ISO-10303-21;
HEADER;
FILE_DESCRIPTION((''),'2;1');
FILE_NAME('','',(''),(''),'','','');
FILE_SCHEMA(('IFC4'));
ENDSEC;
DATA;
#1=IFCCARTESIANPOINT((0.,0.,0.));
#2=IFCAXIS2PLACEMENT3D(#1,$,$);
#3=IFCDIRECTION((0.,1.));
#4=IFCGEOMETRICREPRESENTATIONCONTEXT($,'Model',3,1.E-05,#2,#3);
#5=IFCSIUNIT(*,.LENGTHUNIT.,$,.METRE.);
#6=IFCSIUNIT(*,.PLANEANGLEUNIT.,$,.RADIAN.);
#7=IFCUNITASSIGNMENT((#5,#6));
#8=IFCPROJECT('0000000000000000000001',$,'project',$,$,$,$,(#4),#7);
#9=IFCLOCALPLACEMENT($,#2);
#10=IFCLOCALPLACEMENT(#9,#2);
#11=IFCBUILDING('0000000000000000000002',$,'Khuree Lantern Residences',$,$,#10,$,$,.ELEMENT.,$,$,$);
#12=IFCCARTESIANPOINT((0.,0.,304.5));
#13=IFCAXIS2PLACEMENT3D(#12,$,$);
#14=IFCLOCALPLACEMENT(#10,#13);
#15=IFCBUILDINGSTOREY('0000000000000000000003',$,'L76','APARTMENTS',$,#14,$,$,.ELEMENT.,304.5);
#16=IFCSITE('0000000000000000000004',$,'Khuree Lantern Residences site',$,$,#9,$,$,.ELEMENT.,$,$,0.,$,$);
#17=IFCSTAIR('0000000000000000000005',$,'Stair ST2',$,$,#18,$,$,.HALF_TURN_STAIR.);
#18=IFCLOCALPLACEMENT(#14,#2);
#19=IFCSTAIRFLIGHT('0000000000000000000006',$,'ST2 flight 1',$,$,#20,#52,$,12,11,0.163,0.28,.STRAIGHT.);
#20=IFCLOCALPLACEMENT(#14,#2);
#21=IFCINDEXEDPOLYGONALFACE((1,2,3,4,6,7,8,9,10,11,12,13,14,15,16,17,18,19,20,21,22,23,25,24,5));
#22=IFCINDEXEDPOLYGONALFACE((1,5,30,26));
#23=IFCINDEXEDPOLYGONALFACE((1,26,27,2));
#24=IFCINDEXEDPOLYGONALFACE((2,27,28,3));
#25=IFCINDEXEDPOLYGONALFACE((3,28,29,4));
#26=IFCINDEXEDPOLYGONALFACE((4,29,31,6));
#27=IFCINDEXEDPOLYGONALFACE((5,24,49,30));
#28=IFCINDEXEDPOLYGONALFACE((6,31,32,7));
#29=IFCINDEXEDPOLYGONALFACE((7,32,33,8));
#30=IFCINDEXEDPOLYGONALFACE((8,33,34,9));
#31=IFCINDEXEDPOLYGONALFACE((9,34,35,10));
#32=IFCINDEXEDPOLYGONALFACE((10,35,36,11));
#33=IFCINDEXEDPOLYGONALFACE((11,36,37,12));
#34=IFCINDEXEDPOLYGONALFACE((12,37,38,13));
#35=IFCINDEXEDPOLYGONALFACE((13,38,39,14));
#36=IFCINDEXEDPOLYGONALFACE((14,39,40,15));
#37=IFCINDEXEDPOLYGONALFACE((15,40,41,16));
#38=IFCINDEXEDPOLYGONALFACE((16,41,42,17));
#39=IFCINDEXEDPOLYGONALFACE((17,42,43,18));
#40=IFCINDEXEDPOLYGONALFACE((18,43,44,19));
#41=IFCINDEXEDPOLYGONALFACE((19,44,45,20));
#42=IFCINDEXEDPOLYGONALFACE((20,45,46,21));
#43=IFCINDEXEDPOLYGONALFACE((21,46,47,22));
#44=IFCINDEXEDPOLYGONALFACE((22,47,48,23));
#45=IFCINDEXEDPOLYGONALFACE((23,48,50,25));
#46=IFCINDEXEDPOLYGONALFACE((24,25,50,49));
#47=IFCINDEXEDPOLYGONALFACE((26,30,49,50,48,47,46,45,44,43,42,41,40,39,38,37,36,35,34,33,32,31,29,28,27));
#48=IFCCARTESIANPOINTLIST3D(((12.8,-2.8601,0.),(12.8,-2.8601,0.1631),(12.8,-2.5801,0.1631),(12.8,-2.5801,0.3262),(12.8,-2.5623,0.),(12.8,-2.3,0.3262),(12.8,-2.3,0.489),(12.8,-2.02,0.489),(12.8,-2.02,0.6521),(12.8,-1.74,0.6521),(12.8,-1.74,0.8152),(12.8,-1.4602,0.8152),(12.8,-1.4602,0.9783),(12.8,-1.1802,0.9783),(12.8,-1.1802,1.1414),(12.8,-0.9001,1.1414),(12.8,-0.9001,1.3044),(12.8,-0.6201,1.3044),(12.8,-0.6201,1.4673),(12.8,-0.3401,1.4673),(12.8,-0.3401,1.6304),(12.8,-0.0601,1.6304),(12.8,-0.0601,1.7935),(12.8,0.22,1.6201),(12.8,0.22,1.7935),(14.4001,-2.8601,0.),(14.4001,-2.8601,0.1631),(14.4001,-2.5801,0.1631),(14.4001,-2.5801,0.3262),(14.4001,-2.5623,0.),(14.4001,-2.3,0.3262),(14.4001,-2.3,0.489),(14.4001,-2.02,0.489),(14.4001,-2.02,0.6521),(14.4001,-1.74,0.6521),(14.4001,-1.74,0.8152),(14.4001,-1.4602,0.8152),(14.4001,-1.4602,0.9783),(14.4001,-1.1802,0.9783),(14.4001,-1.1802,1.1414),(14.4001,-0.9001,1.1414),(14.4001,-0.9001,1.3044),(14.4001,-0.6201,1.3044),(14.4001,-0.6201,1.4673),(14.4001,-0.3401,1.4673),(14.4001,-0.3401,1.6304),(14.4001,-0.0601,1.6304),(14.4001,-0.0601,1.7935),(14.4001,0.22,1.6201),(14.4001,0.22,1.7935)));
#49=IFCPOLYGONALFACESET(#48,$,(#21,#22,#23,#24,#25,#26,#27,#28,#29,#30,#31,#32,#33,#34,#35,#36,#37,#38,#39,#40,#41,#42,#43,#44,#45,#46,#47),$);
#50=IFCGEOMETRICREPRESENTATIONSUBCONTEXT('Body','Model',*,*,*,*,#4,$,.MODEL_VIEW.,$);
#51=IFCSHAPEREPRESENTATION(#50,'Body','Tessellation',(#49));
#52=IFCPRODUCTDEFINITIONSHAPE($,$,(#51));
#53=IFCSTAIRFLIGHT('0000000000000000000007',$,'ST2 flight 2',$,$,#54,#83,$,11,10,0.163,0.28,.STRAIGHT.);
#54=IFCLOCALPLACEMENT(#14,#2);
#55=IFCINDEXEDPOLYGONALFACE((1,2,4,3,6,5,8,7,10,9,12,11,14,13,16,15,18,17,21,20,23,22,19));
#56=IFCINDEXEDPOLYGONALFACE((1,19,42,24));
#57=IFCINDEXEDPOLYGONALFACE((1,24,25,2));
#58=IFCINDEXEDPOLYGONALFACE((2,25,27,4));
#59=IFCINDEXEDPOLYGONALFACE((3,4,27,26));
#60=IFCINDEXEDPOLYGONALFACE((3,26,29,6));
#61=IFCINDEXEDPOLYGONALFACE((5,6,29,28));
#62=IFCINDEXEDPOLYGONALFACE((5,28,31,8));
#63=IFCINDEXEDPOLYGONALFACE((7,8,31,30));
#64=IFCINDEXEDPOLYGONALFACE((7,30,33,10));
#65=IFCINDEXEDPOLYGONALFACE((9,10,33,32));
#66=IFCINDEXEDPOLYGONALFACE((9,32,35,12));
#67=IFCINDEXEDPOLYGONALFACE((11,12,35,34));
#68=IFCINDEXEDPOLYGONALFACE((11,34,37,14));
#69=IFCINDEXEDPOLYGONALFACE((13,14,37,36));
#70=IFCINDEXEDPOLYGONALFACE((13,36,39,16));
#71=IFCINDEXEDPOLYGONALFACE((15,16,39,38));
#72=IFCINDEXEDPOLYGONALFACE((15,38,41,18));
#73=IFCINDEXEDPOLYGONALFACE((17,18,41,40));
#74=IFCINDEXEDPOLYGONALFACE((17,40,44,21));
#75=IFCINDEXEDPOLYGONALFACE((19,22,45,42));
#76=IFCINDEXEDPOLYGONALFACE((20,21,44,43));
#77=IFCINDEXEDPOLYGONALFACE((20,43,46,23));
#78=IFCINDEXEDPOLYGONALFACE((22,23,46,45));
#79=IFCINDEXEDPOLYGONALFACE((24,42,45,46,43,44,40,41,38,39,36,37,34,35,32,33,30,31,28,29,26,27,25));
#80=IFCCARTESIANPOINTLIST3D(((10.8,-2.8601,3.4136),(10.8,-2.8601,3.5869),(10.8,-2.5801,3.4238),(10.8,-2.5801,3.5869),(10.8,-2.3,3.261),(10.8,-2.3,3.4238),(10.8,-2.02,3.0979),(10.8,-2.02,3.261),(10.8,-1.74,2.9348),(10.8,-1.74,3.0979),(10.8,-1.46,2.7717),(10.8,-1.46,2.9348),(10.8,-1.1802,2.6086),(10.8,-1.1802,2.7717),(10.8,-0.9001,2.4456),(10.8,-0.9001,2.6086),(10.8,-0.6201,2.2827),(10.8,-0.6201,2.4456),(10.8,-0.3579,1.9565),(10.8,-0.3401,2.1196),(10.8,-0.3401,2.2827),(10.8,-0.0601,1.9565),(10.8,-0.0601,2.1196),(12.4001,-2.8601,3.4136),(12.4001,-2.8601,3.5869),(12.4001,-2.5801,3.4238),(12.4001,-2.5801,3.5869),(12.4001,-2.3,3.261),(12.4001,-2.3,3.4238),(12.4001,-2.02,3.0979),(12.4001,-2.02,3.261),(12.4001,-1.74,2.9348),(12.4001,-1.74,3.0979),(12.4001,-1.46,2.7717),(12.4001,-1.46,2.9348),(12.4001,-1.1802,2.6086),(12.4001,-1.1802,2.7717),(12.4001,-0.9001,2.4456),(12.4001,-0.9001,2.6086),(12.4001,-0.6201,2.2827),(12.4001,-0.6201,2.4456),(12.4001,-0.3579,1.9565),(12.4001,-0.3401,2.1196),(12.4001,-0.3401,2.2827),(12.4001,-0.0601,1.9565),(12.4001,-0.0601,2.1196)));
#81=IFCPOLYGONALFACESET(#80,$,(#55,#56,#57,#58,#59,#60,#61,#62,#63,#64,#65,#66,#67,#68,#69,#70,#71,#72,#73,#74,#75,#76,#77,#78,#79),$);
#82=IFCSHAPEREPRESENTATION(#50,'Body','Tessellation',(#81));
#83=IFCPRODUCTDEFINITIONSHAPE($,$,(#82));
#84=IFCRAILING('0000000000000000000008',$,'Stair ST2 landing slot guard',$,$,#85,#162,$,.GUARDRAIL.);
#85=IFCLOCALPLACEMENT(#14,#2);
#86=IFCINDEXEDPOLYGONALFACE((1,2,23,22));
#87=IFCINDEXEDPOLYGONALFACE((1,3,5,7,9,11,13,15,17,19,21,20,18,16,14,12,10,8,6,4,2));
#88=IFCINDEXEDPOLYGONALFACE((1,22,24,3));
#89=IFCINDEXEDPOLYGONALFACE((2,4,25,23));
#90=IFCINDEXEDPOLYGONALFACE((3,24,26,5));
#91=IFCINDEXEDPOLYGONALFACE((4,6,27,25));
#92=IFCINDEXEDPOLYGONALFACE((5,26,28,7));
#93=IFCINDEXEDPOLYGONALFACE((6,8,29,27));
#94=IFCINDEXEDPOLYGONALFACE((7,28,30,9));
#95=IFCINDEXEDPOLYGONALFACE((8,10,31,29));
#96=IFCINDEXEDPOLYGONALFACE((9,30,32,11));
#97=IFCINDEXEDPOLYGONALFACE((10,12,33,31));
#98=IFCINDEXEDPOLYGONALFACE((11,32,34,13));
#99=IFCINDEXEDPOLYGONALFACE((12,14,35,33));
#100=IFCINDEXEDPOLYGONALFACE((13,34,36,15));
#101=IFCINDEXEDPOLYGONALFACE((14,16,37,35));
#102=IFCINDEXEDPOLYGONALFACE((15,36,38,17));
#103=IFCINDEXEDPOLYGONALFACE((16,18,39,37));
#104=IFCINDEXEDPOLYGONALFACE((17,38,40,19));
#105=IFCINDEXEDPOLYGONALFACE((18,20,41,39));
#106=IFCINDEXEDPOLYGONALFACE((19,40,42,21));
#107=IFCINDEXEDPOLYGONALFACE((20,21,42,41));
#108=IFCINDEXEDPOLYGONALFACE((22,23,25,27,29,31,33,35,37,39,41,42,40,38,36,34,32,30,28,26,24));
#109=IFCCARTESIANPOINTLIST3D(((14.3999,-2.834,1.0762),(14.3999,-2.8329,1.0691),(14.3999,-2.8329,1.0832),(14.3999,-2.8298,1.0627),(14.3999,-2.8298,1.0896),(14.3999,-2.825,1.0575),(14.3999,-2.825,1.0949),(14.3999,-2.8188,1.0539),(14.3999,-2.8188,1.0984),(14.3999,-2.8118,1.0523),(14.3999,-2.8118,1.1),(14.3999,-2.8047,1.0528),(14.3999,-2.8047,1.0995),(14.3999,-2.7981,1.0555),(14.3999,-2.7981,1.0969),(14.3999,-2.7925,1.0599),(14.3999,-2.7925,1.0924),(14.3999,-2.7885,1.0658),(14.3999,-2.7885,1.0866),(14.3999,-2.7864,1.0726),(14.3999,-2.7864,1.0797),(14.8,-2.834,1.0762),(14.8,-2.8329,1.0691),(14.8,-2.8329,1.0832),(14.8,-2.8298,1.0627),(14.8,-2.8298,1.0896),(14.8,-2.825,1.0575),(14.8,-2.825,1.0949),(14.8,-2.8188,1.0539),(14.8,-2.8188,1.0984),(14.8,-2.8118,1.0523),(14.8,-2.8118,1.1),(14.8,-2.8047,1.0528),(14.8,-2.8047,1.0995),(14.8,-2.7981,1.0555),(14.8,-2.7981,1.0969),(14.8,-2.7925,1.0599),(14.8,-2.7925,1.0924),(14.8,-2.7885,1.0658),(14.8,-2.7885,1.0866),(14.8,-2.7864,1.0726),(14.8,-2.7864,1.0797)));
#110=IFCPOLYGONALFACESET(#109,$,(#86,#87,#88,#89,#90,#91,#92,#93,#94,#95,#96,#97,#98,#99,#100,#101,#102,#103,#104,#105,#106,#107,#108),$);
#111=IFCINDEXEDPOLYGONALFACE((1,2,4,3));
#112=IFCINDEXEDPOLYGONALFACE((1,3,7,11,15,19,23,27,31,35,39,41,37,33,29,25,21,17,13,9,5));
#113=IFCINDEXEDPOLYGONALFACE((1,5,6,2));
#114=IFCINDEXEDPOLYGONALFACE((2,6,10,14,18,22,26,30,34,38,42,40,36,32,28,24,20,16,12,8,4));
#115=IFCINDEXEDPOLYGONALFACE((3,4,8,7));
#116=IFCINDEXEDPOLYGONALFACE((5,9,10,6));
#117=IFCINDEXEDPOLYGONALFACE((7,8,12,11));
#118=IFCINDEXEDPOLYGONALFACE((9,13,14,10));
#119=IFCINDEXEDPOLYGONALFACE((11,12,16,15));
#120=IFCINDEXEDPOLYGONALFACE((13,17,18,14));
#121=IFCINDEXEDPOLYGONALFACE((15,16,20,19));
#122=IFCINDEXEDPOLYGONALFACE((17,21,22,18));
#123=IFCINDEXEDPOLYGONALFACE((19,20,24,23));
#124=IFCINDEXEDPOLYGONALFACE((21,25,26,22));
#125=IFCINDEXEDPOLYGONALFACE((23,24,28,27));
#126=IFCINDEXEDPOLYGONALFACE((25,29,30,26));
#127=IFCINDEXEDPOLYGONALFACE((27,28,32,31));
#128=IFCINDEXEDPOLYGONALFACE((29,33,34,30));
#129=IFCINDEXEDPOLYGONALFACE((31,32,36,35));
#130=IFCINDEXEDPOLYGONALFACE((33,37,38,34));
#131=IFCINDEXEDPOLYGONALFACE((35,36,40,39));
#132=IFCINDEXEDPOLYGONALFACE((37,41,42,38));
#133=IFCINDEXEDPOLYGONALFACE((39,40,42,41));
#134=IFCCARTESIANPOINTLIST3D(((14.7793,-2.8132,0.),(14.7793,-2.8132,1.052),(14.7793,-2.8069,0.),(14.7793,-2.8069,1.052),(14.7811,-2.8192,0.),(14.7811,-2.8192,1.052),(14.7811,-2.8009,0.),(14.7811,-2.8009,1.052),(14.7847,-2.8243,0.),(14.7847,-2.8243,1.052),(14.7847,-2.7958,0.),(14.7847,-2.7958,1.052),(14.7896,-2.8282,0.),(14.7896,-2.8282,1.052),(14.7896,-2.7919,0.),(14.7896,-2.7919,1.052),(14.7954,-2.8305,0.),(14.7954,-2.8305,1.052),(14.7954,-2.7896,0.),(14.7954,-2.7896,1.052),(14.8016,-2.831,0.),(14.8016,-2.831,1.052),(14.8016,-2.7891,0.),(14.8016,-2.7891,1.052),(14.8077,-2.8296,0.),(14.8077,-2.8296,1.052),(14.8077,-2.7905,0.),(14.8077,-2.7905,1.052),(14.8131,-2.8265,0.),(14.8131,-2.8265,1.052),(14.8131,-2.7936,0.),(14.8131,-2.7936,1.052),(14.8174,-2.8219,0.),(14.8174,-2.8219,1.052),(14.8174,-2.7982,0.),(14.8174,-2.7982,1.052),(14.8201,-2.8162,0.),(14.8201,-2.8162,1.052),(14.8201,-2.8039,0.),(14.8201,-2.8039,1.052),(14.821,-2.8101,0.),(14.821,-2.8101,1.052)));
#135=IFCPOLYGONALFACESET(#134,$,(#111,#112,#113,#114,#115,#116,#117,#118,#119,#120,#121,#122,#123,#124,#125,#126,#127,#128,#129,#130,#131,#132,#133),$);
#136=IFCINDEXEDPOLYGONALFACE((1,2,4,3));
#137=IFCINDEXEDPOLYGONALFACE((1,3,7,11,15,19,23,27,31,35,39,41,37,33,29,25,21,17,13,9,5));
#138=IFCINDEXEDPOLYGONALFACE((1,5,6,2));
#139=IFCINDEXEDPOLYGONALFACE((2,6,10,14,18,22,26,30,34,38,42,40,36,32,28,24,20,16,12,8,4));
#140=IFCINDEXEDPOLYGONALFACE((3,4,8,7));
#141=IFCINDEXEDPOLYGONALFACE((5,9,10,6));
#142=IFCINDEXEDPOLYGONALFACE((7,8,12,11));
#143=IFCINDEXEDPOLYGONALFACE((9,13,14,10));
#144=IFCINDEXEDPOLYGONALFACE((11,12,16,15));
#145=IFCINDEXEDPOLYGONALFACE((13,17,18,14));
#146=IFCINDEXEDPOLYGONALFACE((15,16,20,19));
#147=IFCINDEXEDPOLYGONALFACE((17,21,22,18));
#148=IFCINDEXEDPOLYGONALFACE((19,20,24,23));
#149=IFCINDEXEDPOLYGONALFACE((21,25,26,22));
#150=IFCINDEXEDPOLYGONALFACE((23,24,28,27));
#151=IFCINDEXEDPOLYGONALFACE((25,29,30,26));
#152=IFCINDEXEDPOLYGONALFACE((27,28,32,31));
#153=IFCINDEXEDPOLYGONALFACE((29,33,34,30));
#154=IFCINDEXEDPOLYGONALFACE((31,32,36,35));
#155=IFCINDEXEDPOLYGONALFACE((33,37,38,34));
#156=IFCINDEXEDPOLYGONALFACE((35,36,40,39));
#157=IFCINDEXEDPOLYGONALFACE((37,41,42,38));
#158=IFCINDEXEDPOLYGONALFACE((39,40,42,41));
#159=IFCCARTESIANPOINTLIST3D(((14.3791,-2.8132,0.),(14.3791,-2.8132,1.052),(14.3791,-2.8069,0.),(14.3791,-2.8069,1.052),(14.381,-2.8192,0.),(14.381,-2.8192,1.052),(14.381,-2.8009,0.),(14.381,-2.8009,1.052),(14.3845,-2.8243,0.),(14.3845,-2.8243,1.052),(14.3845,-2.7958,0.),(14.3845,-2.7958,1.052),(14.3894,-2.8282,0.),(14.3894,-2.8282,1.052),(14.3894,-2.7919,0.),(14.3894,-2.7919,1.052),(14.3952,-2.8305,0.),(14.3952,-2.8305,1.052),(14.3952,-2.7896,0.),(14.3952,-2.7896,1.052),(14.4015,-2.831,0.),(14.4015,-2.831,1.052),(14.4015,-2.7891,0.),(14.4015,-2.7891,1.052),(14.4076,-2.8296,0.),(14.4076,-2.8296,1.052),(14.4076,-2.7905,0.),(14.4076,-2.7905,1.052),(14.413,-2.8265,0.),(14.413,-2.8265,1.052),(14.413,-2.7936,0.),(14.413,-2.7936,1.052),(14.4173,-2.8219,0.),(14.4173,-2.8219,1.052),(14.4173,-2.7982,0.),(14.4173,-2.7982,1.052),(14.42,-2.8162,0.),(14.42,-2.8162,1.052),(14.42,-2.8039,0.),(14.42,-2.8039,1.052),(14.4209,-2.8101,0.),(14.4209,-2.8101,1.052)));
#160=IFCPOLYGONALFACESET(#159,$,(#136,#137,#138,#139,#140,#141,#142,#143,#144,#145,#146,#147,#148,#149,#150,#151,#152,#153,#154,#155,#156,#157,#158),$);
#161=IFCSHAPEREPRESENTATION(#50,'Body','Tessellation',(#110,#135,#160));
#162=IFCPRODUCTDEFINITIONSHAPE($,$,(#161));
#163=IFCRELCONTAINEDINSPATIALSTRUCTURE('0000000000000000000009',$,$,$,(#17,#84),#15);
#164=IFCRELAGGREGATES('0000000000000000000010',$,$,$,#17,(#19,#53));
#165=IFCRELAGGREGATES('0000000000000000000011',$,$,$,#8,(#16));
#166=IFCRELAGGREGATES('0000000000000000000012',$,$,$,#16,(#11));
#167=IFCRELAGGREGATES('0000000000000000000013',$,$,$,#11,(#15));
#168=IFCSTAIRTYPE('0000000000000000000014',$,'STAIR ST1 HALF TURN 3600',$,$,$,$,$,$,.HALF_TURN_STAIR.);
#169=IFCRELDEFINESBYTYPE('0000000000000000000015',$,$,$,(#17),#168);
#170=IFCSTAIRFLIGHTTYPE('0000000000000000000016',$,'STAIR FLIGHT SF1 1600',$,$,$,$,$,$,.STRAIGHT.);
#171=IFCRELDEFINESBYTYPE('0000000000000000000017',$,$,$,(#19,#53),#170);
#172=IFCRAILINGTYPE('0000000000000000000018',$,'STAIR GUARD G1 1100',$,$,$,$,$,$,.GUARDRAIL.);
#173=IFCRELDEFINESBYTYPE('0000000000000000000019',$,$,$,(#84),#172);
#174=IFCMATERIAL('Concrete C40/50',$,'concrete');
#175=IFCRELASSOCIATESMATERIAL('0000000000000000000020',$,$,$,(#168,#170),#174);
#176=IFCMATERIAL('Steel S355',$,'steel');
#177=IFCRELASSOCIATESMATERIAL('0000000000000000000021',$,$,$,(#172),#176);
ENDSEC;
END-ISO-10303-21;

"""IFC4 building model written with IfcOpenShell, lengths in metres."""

from ifc_helpers import new_model, si_unit, direction, frame, origin, origin_2d, place, context, subcontext, project, spatial, polyline, circle, outline, extrude, material, type_object, element, aggregate, save


model = new_model("IFC4")

# Units and contexts
model_context = context("Model", 3, precision=1e-05, world=origin(), true_north=direction((0.0, 1.0)))
body_context = subcontext(model_context, "Body", "Model", "MODEL_VIEW")
ifc_project = project(units=[si_unit("LENGTHUNIT", "METRE"), si_unit("PLANEANGLEUNIT", "RADIAN")], contexts=[model_context])

# Site, building, storey
site_placement = place(None, origin())
site = spatial("IfcSite", under=ifc_project, at=site_placement, Name="Khuree Lantern Residences site", CompositionType="ELEMENT", RefElevation=0.0)
building_placement = place(site_placement, origin())
building = spatial("IfcBuilding", under=site, at=building_placement, Name="Khuree Lantern Residences", CompositionType="ELEMENT")
storey_placement = place(building_placement, frame((0.0, 0.0, 304.5)))
storey = spatial("IfcBuildingStorey", under=building, at=storey_placement, Name="L76", Description="APARTMENTS", CompositionType="ELEMENT", Elevation=304.5)

# Stair, stair flights
ifc_material_1 = material(Name="Concrete C40/50", Category="concrete")
stair_type = type_object("IfcStairType", Name="STAIR ST1 HALF TURN 3600", PredefinedType="HALF_TURN_STAIR", material=ifc_material_1)
stair_placement = place(storey_placement, origin())
stair = element("IfcStair", 1, at=stair_placement, inside=storey, type_object=stair_type, Name="Stair ST2", PredefinedType="HALF_TURN_STAIR")
stair_flight_type = type_object("IfcStairFlightType", Name="STAIR FLIGHT SF1 1600", PredefinedType="STRAIGHT", material=ifc_material_1)
stair_flight_1_placement = place(storey_placement, frame((13.6001, -2.8601, 0.0), z_axis=(0.0, 0.0, 1.0), x_axis=(0.0, 1.0, 0.0)))
stair_flight_1 = element("IfcStairFlight", 2, at=stair_flight_1_placement, type_object=stair_flight_type, Name="ST2 flight 1", NumberOfRisers=12, NumberOfTreads=11, PredefinedType="STRAIGHT", RiserHeight=0.163, TreadLength=0.28, context=body_context, shape_type="SweptSolid", body=[
    extrude(outline(polyline([(0.0, 0.0), (0.0, 0.1631), (0.28, 0.1631), (0.28, 0.3262), (0.5601, 0.3262), (0.5601, 0.489), (0.8401, 0.489), (0.8401, 0.6521), (1.1201, 0.6521), (1.1201, 0.8152), (1.3999, 0.8152), (1.3999, 0.9783), (1.6799, 0.9783), (1.6799, 1.1414), (1.96, 1.1414), (1.96, 1.3044), (2.24, 1.3044), (2.24, 1.4673), (2.52, 1.4673), (2.52, 1.6304), (2.8, 1.6304), (2.8, 1.7935), (3.0801, 1.7935), (3.0801, 1.9565), (3.0801, 1.6201), (0.2979, 0.0), (0.0, 0.0)])), frame((0.0, 0.8, 0.0), z_axis=(0.0, -1.0, 0.0), x_axis=(1.0, 0.0, 0.0)), (0.0, 0.0, 1.0), 1.6001),
])
stair_flight_2_placement = place(storey_placement, frame((11.6001, -0.0601, 1.9565), z_axis=(0.0, 0.0, 1.0), x_axis=(0.0, -1.0, 0.0)))
stair_flight_2 = element("IfcStairFlight", 3, at=stair_flight_2_placement, type_object=stair_flight_type, Name="ST2 flight 2", NumberOfRisers=11, NumberOfTreads=10, PredefinedType="STRAIGHT", RiserHeight=0.163, TreadLength=0.28, context=body_context, shape_type="SweptSolid", body=[
    extrude(outline(polyline([(0.0, 0.0), (0.0, 0.1631), (0.28, 0.1631), (0.28, 0.3262), (0.5601, 0.3262), (0.5601, 0.489), (0.8401, 0.489), (0.8401, 0.6521), (1.1201, 0.6521), (1.1201, 0.8152), (1.3999, 0.8152), (1.3999, 0.9783), (1.6799, 0.9783), (1.6799, 1.1414), (1.96, 1.1414), (1.96, 1.3044), (2.24, 1.3044), (2.24, 1.4673), (2.52, 1.4673), (2.52, 1.6304), (2.8, 1.6304), (2.8, 1.7935), (2.8, 1.457), (0.2979, 0.0), (0.0, 0.0)])), frame((0.0, 0.8, 0.0), z_axis=(0.0, -1.0, 0.0), x_axis=(1.0, 0.0, 0.0)), (0.0, 0.0, 1.0), 1.6001),
])
aggregate(stair, [stair_flight_1, stair_flight_2])

# Railing
ifc_material_2 = material(Name="Steel S355", Category="steel")
railing_type_1 = type_object("IfcRailingType", Name="STAIR GUARD G1 1100", PredefinedType="GUARDRAIL", material=ifc_material_2)
railing_1_placement = place(storey_placement, frame((14.8, -2.8101, 0.0)))
element("IfcRailing", 4, at=railing_1_placement, inside=storey, type_object=railing_type_1, Name="Stair ST2 landing slot guard", PredefinedType="GUARDRAIL", context=body_context, shape_type="SweptSolid", body=[
    extrude(circle(Radius=0.0239, at=origin_2d()), frame((0.0, 0.0, 1.0762), z_axis=(-1.0, 0.0, 0.0), x_axis=(0.0, -1.0, 0.0)), (0.0, 0.0, 1.0), 0.4001),
    extrude(circle(Radius=0.021, at=origin_2d()), origin(), (0.0, 0.0, 1.0), 1.052),
    extrude(circle(Radius=0.021, at=origin_2d()), frame((-0.4001, 0.0, 0.0)), (0.0, 0.0, 1.0), 1.052),
])

save(model, "model.ifc")
